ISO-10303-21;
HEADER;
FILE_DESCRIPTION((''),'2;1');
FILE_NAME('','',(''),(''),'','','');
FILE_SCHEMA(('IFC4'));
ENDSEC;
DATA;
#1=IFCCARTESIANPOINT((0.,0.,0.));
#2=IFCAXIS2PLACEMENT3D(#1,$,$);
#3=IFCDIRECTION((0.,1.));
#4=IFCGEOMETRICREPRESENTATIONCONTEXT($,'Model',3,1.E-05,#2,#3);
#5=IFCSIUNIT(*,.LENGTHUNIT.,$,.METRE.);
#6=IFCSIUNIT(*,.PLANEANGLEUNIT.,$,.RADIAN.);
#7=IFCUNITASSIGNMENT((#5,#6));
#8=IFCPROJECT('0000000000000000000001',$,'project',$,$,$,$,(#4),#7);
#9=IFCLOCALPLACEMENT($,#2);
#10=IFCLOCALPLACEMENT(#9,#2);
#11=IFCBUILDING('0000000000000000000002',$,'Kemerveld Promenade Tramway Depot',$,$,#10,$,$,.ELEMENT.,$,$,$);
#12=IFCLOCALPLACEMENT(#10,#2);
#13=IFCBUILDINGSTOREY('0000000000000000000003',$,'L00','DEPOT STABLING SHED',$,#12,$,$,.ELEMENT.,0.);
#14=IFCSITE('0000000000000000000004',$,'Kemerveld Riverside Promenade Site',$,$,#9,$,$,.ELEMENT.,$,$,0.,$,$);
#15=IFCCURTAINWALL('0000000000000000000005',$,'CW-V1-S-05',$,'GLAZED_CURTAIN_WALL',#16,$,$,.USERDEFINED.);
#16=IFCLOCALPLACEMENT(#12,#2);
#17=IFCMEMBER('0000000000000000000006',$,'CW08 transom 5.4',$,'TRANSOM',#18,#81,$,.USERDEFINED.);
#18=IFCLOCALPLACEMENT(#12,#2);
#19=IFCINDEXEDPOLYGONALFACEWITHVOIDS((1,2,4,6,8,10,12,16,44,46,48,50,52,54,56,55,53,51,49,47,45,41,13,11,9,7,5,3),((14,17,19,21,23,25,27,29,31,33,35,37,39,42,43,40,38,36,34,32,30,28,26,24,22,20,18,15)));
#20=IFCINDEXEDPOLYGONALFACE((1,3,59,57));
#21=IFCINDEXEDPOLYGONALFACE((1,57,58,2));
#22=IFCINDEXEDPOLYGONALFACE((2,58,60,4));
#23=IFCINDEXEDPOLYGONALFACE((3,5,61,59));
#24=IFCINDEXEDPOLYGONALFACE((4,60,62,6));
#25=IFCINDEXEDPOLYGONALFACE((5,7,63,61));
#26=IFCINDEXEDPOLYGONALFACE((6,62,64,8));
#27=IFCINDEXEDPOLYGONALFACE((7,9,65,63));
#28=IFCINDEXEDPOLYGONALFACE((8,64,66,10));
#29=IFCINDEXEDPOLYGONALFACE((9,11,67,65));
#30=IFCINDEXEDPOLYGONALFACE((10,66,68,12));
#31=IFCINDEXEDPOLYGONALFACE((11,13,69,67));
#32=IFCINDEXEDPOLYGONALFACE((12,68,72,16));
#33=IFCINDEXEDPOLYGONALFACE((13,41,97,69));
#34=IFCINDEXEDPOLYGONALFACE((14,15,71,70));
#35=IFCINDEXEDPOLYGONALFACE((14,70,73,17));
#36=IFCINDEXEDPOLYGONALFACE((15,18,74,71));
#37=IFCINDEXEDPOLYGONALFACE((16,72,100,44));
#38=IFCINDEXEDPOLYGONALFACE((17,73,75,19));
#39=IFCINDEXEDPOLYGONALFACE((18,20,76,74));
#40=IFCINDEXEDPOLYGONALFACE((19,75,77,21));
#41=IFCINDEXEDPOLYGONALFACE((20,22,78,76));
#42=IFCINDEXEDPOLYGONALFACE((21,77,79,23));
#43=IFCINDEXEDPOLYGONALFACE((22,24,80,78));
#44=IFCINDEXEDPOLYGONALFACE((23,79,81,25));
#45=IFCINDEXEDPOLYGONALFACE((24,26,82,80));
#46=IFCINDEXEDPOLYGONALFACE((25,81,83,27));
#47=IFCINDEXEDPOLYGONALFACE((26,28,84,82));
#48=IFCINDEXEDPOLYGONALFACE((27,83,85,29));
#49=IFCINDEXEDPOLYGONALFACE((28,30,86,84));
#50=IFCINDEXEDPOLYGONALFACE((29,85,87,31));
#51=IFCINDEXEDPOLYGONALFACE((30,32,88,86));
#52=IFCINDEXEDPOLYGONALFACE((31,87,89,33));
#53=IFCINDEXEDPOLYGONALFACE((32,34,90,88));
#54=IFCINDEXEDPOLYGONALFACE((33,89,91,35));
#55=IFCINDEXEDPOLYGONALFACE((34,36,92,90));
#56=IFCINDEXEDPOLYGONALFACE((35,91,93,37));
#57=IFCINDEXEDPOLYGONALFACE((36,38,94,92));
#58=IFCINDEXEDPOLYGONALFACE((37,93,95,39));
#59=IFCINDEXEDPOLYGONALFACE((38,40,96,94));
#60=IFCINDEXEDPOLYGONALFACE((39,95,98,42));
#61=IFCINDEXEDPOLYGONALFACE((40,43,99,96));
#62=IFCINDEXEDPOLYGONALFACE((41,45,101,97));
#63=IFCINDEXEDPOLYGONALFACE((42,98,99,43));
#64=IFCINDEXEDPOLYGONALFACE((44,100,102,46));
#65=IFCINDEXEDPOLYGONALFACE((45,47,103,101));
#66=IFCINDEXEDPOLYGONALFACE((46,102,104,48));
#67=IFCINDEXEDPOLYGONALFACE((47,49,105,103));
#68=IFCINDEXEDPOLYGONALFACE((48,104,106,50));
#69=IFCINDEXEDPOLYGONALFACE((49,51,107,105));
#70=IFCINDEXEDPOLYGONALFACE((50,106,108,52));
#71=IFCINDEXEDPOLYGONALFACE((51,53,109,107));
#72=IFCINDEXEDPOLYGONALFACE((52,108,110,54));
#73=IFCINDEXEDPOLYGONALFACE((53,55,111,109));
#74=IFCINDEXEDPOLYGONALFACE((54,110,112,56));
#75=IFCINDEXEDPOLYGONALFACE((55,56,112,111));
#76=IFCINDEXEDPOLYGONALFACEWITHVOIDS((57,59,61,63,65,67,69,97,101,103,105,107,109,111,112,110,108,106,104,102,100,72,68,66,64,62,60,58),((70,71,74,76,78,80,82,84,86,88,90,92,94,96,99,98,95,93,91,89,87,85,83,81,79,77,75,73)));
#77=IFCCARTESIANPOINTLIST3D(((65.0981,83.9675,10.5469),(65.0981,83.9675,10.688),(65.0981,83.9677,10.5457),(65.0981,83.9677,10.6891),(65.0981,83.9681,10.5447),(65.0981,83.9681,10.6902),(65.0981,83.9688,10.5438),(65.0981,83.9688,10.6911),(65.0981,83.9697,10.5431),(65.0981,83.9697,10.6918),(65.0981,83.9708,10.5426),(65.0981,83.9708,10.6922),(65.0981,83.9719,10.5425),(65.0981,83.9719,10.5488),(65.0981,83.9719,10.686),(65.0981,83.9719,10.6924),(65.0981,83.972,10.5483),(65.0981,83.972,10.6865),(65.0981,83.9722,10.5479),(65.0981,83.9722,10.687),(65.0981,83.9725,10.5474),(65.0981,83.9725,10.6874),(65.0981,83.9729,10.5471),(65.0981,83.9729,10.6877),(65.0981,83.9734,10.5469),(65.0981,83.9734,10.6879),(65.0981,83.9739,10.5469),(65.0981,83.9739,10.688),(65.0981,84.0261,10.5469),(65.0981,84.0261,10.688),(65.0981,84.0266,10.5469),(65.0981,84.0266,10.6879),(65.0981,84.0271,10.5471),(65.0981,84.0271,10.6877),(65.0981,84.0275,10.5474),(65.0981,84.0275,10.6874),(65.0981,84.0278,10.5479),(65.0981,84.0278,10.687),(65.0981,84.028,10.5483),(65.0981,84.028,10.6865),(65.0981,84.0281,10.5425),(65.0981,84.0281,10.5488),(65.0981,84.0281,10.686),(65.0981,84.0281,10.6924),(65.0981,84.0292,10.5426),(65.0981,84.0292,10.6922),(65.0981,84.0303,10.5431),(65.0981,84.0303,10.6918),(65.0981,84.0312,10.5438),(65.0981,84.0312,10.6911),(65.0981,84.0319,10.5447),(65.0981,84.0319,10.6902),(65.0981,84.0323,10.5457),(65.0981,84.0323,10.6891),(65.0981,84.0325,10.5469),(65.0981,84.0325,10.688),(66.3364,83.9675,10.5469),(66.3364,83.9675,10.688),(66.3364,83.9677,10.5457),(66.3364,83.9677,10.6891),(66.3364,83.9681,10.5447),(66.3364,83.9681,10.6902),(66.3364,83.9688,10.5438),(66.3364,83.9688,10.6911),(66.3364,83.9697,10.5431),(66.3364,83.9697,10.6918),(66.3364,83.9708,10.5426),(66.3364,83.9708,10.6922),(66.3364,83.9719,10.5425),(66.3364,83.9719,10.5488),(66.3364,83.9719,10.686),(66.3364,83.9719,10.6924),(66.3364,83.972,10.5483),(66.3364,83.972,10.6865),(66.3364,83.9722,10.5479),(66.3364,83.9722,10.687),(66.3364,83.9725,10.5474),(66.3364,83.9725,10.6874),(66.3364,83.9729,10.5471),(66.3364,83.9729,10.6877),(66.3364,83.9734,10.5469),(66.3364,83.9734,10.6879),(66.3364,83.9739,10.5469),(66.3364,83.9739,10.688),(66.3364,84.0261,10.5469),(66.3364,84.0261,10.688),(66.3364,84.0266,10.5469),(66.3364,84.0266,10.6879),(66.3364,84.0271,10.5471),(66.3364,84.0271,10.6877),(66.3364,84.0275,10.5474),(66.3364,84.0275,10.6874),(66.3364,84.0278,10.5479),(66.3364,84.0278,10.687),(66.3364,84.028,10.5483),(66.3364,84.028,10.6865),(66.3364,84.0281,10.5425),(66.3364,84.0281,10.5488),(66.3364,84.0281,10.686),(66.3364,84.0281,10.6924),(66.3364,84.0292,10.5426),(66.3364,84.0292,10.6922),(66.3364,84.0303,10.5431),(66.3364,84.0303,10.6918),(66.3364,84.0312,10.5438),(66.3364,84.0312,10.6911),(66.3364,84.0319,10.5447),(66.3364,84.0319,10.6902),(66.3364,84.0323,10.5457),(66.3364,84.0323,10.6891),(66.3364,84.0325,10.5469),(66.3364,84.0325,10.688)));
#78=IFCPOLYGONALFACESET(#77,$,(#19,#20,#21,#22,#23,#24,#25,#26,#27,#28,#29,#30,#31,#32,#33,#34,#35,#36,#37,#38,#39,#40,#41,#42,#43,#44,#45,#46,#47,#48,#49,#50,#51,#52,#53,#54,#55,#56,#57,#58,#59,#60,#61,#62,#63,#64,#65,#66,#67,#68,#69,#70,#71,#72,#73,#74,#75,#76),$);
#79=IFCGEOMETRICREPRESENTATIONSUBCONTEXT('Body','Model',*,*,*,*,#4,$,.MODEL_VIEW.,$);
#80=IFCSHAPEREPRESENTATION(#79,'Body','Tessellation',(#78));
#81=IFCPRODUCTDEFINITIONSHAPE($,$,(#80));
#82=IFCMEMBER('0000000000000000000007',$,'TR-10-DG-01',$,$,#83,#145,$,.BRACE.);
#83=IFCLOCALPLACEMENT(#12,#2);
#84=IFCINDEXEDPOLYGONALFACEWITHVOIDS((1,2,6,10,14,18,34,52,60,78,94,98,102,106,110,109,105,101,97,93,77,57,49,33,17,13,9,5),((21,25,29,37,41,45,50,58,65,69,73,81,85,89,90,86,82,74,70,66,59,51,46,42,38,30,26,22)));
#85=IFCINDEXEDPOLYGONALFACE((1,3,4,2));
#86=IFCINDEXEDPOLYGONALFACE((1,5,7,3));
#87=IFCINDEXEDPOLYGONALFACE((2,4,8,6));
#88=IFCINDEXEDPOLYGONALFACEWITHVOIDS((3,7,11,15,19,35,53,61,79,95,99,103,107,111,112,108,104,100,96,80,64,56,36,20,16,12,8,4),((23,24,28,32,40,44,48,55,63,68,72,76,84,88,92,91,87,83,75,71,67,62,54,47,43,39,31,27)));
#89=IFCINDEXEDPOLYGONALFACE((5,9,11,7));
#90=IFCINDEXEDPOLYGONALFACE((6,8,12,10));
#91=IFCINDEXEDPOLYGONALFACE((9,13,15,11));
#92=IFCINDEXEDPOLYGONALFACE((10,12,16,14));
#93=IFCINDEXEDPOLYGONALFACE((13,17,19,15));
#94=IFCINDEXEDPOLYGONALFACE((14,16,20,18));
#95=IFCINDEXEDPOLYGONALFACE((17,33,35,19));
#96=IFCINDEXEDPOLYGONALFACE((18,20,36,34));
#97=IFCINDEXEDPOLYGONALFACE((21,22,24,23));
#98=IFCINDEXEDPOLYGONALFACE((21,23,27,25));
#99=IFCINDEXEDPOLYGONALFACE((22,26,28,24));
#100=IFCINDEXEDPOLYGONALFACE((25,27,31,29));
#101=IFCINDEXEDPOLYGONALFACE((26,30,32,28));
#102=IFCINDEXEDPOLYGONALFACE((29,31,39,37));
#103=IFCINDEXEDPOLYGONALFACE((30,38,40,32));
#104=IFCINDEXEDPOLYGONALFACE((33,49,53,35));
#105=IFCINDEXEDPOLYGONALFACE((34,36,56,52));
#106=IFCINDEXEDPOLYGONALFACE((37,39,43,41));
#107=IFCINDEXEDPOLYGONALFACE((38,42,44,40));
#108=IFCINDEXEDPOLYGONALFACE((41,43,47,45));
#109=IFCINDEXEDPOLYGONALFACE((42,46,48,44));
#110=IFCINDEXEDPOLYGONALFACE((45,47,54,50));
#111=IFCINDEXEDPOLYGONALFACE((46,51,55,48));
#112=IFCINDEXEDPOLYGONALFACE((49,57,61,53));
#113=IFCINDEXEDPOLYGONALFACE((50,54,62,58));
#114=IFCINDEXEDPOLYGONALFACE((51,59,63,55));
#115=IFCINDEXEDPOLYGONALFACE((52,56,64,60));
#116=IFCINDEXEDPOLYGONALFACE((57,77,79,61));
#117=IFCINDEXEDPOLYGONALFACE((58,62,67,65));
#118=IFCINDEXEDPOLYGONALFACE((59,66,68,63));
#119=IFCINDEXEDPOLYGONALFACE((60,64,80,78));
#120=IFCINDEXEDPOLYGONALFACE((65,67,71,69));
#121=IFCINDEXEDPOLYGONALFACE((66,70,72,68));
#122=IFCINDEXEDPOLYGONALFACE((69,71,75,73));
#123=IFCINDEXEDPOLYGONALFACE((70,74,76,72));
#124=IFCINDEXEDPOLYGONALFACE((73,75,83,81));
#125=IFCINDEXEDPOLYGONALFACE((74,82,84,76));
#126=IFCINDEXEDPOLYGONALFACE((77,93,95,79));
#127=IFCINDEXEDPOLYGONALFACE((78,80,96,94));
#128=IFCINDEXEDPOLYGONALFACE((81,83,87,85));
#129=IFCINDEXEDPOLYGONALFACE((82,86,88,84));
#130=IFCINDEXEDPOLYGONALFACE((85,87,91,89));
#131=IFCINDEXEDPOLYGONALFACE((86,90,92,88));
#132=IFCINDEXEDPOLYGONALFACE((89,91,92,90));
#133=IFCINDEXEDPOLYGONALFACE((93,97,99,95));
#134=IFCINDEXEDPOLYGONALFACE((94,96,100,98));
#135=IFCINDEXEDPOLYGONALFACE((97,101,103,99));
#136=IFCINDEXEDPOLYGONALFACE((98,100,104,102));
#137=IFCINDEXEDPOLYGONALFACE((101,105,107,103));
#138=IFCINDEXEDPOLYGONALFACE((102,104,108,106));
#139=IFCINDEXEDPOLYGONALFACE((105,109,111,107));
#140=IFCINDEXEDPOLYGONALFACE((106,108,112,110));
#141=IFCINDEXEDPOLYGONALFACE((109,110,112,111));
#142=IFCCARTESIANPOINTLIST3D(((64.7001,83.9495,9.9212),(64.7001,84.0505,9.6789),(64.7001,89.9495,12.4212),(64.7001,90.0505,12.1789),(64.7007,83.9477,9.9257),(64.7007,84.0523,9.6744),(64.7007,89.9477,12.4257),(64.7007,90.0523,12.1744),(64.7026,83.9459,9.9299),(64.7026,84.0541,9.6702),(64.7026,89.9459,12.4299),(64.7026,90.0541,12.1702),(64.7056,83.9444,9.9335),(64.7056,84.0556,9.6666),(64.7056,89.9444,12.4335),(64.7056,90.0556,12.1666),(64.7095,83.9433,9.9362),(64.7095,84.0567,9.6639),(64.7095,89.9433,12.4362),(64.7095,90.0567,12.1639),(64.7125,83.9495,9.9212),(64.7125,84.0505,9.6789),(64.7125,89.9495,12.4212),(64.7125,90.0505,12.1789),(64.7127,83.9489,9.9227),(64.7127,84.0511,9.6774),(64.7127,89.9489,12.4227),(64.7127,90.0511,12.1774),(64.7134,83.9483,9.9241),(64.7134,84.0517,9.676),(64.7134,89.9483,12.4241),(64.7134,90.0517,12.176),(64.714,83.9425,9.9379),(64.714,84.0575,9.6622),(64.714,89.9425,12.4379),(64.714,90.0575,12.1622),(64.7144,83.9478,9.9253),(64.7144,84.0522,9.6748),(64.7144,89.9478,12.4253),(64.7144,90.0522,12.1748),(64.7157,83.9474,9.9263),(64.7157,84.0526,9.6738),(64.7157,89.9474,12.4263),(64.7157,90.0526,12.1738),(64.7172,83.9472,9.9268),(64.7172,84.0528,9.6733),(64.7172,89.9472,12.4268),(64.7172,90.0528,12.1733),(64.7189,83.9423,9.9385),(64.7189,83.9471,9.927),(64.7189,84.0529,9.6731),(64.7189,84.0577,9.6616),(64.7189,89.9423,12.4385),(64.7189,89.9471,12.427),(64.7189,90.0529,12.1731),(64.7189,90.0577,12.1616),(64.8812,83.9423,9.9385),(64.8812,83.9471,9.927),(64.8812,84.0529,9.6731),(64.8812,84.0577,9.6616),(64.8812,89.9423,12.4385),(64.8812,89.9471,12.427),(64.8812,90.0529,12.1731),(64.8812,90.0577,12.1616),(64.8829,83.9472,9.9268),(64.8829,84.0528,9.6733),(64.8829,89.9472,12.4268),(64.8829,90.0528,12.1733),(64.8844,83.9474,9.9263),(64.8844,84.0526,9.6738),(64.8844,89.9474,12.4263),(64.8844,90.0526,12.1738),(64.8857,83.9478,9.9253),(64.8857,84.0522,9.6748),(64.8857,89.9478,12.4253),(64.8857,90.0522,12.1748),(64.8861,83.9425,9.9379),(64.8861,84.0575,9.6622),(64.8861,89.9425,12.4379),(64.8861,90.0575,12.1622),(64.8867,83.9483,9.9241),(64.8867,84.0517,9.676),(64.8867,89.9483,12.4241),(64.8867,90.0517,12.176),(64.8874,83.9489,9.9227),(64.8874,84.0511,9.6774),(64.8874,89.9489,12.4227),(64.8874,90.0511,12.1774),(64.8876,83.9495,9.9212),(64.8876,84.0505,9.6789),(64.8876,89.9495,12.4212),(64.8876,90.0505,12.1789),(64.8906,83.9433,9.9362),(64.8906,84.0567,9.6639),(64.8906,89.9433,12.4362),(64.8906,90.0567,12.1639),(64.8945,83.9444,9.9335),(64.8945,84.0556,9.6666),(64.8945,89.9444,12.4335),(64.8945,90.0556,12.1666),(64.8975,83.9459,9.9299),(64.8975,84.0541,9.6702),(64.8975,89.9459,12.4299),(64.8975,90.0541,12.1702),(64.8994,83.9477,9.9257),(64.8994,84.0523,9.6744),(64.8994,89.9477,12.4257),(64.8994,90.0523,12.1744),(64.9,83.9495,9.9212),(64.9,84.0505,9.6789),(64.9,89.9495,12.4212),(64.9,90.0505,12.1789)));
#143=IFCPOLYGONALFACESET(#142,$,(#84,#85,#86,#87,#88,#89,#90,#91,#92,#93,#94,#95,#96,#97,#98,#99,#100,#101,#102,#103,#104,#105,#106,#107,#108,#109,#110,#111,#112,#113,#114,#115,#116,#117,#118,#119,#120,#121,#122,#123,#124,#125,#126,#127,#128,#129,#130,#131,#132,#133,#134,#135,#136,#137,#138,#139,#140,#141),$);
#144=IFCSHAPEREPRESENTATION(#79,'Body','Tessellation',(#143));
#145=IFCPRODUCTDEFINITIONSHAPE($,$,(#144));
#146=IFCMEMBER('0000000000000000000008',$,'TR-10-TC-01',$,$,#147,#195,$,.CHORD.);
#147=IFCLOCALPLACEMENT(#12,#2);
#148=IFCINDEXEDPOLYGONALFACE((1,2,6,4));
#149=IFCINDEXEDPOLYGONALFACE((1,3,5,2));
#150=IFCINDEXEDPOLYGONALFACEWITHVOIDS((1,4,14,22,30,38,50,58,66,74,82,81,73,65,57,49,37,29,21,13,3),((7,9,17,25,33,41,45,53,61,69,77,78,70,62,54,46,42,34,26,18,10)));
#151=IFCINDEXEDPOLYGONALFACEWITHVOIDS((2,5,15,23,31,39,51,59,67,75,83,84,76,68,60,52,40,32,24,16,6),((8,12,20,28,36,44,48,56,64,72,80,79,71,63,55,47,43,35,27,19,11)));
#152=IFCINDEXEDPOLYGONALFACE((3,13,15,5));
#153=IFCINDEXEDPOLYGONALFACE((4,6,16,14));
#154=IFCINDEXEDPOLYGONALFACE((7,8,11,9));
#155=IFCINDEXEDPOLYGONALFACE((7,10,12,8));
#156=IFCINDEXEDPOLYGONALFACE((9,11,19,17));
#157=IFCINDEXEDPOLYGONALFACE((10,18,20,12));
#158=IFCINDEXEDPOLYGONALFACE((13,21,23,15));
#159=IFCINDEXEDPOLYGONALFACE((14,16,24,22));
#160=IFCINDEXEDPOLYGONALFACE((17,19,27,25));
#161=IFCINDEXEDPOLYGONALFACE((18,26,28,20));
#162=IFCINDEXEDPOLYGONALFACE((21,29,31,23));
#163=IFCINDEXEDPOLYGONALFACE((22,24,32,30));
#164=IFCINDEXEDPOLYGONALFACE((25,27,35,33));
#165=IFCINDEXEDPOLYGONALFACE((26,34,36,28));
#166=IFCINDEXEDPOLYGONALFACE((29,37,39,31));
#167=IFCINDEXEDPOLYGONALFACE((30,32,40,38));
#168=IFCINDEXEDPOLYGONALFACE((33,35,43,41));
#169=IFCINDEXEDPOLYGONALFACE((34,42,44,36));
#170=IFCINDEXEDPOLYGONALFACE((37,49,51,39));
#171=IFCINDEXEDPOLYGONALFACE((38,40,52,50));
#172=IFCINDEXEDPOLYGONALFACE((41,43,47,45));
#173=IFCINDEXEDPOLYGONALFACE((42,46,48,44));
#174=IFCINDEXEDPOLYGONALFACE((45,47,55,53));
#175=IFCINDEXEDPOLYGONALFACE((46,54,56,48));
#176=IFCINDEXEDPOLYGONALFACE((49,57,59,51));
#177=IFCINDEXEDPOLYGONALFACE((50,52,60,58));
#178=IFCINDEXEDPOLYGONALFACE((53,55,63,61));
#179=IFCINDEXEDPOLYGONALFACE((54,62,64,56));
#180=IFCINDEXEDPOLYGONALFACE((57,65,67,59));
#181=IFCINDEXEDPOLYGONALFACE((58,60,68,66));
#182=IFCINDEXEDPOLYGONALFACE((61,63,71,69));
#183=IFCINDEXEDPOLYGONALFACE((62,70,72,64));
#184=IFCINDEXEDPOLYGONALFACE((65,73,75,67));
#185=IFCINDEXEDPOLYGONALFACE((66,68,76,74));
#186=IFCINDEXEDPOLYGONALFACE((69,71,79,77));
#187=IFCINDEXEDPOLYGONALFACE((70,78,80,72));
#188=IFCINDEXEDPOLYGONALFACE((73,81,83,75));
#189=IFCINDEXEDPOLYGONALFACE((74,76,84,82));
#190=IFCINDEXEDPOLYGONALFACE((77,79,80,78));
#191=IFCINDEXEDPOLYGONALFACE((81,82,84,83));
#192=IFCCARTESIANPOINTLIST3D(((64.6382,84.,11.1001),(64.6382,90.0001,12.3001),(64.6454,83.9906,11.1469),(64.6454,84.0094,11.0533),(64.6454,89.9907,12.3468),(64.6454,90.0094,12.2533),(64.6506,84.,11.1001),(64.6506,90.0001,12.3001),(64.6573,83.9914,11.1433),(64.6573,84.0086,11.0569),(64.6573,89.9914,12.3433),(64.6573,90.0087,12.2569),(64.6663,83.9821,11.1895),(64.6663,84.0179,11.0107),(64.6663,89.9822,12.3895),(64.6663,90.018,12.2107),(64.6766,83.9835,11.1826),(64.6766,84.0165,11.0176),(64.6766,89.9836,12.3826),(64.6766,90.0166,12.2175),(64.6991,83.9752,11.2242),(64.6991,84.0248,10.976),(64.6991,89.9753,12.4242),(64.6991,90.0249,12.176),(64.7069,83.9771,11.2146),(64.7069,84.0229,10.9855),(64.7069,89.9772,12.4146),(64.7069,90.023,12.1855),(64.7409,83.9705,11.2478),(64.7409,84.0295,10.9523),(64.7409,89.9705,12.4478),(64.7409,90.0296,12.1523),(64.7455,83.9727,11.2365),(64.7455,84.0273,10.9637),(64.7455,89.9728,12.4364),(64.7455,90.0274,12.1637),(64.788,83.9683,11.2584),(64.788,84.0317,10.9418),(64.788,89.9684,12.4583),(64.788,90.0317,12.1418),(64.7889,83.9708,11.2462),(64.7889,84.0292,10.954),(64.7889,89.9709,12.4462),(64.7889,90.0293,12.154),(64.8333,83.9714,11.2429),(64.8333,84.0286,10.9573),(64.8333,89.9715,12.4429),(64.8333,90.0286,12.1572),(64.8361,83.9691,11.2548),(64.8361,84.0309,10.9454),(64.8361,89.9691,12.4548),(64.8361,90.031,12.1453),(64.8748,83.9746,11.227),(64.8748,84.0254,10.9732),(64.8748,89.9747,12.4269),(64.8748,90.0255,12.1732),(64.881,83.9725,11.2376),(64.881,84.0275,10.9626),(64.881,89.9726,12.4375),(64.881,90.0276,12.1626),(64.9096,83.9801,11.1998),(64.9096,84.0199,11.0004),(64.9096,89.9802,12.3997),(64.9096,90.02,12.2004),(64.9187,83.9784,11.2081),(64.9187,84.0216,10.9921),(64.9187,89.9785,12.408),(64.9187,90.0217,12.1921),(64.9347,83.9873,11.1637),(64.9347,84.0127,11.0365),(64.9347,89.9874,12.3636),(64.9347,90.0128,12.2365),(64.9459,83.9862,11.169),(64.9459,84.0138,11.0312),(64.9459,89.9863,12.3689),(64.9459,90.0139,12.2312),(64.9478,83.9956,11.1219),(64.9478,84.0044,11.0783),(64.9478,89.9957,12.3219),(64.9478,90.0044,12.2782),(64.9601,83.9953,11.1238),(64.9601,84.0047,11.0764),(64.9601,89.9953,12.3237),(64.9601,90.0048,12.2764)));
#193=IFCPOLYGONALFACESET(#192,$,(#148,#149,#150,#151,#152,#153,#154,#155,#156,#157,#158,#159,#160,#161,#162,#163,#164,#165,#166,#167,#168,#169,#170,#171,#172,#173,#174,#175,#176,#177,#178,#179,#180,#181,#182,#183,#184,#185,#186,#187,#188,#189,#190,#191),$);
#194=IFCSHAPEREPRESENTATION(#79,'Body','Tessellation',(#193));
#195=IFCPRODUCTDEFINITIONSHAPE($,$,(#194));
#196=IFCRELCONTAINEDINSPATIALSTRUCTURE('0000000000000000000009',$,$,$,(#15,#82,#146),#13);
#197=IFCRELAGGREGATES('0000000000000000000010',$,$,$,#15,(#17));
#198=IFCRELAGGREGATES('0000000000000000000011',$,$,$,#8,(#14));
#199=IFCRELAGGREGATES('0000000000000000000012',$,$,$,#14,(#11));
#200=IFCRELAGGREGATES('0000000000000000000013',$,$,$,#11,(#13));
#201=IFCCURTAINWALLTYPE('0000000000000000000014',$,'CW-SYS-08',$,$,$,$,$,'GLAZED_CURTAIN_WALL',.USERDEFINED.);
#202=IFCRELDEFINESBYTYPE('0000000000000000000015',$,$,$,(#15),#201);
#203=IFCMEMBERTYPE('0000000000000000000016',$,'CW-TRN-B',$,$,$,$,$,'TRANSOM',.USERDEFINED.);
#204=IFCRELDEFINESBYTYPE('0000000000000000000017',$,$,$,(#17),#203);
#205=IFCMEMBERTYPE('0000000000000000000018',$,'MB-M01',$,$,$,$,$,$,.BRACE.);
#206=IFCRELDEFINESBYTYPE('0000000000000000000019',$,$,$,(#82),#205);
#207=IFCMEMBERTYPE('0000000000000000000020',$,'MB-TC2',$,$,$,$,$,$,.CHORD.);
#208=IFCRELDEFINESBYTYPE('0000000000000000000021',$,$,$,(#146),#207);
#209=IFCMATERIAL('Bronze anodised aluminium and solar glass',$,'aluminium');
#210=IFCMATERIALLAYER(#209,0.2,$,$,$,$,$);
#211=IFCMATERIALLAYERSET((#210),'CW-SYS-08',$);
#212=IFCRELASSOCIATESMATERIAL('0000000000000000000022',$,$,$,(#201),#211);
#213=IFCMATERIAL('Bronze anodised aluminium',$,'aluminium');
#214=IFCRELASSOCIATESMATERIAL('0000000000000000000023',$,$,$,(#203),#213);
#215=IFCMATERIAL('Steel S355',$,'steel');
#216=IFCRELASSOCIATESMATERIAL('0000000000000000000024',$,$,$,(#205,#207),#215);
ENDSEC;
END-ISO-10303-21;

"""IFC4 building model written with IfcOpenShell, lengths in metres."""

from ifc_helpers import new_model, si_unit, direction, frame, origin, origin_2d, place, context, subcontext, project, spatial, hollow_rectangle, hollow_circle, extrude, material, layer, layer_set, material_profile, profile_set, type_object, element, aggregate, save


model = new_model("IFC4")

# Units and contexts
model_context = context("Model", 3, precision=1e-05, world=origin(), true_north=direction((0.0, 1.0)))
body_context = subcontext(model_context, "Body", "Model", "MODEL_VIEW")
ifc_project = project(units=[si_unit("LENGTHUNIT", "METRE"), si_unit("PLANEANGLEUNIT", "RADIAN")], contexts=[model_context])

# Site, building, storey
site_placement = place(None, origin())
site = spatial("IfcSite", under=ifc_project, at=site_placement, Name="Kemerveld Riverside Promenade Site", CompositionType="ELEMENT", RefElevation=0.0)
building_placement = place(site_placement, origin())
building = spatial("IfcBuilding", under=site, at=building_placement, Name="Kemerveld Promenade Tramway Depot", CompositionType="ELEMENT")
storey_placement = place(building_placement, origin())
storey = spatial("IfcBuildingStorey", under=building, at=storey_placement, Name="L00", Description="DEPOT STABLING SHED", CompositionType="ELEMENT", Elevation=0.0)

# Shared definitions
ifc_material_1 = material(Name="Steel S355", Category="steel")

# Curtain wall, member
ifc_material_2 = material(Name="Bronze anodised aluminium and solar glass", Category="aluminium")
ifc_material_3 = material(Name="Bronze anodised aluminium", Category="aluminium")
ifc_layer_1 = layer(ifc_material_2, 0.2)
ifc_layer_set_1 = layer_set([ifc_layer_1], Name="CW-SYS-08")
curtain_wall_type_1 = type_object("IfcCurtainWallType", Name="CW-SYS-08", ElementType="GLAZED_CURTAIN_WALL", PredefinedType="USERDEFINED", material=ifc_layer_set_1)
curtain_wall_1_placement = place(storey_placement, origin())
curtain_wall_1 = element("IfcCurtainWall", 1, at=curtain_wall_1_placement, inside=storey, type_object=curtain_wall_type_1, Name="CW-V1-S-05", ObjectType="GLAZED_CURTAIN_WALL", PredefinedType="USERDEFINED")
ifc_material_profile_1 = material_profile(ifc_material_3, hollow_rectangle(XDim=0.0649, YDim=0.1499, WallThickness=0.0044, InnerFilletRadius=0.002, OuterFilletRadius=0.0044, at=origin_2d()), Name="CW-TRN-150x65")
ifc_profile_set_1 = profile_set([ifc_material_profile_1], Name="Bronze anodised aluminium")
member_type_1 = type_object("IfcMemberType", Name="CW-TRN-B", ElementType="TRANSOM", PredefinedType="USERDEFINED", material=ifc_profile_set_1)
member_1_placement = place(storey_placement, frame((66.3364, 84.0, 10.6174), z_axis=(-1.0, 0.0, 0.0), x_axis=(0.0, -1.0, 0.0)))
member_1 = element("IfcMember", 2, at=member_1_placement, type_object=member_type_1, Name="CW08 transom 5.4", ObjectType="TRANSOM", PredefinedType="USERDEFINED", context=body_context, shape_type="SweptSolid", body=[
    extrude(hollow_rectangle(XDim=0.0649, YDim=0.1499, WallThickness=0.0044, InnerFilletRadius=0.002, OuterFilletRadius=0.0044, at=origin_2d()), origin(), (0.0, 0.0, 1.0), 1.2383),
])

# Members
ifc_material_profile_2 = material_profile(ifc_material_1, hollow_rectangle(XDim=0.2, YDim=0.3, WallThickness=0.0125, InnerFilletRadius=0.0063, OuterFilletRadius=0.0188, at=origin_2d()), Name="300x200x12.5 RHS")
ifc_profile_set_2 = profile_set([ifc_material_profile_2], Name="Steel S355")
member_type_2 = type_object("IfcMemberType", Name="MB-M01", PredefinedType="BRACE", material=ifc_profile_set_2)
member_2_placement = place(storey_placement, frame((64.8, 84.0, 9.8), z_axis=(0.0, 0.923077, 0.384615), x_axis=(-1.0, 0.0, 0.0)))
element("IfcMember", 3, at=member_2_placement, inside=storey, type_object=member_type_2, Name="TR-10-DG-01", PredefinedType="BRACE", context=body_context, shape_type="SweptSolid", body=[
    extrude(hollow_rectangle(XDim=0.2, YDim=0.3, WallThickness=0.0125, InnerFilletRadius=0.0063, OuterFilletRadius=0.0188, at=origin_2d()), origin(), (0.0, 0.0, 1.0), 6.5),
])
ifc_material_profile_3 = material_profile(ifc_material_1, hollow_circle(Radius=0.1619, WallThickness=0.0125, at=origin_2d()), Name="323.9x12.5 CHS")
ifc_profile_set_3 = profile_set([ifc_material_profile_3], Name="Steel S355")
member_type_3 = type_object("IfcMemberType", Name="MB-TC2", PredefinedType="CHORD", material=ifc_profile_set_3)
member_3_placement = place(storey_placement, frame((64.8, 84.0, 11.1001), z_axis=(0.0, 0.980582, 0.196108), x_axis=(-1.0, 0.0, 0.0)))
element("IfcMember", 4, at=member_3_placement, inside=storey, type_object=member_type_3, Name="TR-10-TC-01", PredefinedType="CHORD", context=body_context, shape_type="SweptSolid", body=[
    extrude(hollow_circle(Radius=0.1619, WallThickness=0.0125, at=origin_2d()), origin(), (0.0, 0.0, 1.0), 6.1189),
])

aggregate(curtain_wall_1, [member_1])

save(model, "model.ifc")
